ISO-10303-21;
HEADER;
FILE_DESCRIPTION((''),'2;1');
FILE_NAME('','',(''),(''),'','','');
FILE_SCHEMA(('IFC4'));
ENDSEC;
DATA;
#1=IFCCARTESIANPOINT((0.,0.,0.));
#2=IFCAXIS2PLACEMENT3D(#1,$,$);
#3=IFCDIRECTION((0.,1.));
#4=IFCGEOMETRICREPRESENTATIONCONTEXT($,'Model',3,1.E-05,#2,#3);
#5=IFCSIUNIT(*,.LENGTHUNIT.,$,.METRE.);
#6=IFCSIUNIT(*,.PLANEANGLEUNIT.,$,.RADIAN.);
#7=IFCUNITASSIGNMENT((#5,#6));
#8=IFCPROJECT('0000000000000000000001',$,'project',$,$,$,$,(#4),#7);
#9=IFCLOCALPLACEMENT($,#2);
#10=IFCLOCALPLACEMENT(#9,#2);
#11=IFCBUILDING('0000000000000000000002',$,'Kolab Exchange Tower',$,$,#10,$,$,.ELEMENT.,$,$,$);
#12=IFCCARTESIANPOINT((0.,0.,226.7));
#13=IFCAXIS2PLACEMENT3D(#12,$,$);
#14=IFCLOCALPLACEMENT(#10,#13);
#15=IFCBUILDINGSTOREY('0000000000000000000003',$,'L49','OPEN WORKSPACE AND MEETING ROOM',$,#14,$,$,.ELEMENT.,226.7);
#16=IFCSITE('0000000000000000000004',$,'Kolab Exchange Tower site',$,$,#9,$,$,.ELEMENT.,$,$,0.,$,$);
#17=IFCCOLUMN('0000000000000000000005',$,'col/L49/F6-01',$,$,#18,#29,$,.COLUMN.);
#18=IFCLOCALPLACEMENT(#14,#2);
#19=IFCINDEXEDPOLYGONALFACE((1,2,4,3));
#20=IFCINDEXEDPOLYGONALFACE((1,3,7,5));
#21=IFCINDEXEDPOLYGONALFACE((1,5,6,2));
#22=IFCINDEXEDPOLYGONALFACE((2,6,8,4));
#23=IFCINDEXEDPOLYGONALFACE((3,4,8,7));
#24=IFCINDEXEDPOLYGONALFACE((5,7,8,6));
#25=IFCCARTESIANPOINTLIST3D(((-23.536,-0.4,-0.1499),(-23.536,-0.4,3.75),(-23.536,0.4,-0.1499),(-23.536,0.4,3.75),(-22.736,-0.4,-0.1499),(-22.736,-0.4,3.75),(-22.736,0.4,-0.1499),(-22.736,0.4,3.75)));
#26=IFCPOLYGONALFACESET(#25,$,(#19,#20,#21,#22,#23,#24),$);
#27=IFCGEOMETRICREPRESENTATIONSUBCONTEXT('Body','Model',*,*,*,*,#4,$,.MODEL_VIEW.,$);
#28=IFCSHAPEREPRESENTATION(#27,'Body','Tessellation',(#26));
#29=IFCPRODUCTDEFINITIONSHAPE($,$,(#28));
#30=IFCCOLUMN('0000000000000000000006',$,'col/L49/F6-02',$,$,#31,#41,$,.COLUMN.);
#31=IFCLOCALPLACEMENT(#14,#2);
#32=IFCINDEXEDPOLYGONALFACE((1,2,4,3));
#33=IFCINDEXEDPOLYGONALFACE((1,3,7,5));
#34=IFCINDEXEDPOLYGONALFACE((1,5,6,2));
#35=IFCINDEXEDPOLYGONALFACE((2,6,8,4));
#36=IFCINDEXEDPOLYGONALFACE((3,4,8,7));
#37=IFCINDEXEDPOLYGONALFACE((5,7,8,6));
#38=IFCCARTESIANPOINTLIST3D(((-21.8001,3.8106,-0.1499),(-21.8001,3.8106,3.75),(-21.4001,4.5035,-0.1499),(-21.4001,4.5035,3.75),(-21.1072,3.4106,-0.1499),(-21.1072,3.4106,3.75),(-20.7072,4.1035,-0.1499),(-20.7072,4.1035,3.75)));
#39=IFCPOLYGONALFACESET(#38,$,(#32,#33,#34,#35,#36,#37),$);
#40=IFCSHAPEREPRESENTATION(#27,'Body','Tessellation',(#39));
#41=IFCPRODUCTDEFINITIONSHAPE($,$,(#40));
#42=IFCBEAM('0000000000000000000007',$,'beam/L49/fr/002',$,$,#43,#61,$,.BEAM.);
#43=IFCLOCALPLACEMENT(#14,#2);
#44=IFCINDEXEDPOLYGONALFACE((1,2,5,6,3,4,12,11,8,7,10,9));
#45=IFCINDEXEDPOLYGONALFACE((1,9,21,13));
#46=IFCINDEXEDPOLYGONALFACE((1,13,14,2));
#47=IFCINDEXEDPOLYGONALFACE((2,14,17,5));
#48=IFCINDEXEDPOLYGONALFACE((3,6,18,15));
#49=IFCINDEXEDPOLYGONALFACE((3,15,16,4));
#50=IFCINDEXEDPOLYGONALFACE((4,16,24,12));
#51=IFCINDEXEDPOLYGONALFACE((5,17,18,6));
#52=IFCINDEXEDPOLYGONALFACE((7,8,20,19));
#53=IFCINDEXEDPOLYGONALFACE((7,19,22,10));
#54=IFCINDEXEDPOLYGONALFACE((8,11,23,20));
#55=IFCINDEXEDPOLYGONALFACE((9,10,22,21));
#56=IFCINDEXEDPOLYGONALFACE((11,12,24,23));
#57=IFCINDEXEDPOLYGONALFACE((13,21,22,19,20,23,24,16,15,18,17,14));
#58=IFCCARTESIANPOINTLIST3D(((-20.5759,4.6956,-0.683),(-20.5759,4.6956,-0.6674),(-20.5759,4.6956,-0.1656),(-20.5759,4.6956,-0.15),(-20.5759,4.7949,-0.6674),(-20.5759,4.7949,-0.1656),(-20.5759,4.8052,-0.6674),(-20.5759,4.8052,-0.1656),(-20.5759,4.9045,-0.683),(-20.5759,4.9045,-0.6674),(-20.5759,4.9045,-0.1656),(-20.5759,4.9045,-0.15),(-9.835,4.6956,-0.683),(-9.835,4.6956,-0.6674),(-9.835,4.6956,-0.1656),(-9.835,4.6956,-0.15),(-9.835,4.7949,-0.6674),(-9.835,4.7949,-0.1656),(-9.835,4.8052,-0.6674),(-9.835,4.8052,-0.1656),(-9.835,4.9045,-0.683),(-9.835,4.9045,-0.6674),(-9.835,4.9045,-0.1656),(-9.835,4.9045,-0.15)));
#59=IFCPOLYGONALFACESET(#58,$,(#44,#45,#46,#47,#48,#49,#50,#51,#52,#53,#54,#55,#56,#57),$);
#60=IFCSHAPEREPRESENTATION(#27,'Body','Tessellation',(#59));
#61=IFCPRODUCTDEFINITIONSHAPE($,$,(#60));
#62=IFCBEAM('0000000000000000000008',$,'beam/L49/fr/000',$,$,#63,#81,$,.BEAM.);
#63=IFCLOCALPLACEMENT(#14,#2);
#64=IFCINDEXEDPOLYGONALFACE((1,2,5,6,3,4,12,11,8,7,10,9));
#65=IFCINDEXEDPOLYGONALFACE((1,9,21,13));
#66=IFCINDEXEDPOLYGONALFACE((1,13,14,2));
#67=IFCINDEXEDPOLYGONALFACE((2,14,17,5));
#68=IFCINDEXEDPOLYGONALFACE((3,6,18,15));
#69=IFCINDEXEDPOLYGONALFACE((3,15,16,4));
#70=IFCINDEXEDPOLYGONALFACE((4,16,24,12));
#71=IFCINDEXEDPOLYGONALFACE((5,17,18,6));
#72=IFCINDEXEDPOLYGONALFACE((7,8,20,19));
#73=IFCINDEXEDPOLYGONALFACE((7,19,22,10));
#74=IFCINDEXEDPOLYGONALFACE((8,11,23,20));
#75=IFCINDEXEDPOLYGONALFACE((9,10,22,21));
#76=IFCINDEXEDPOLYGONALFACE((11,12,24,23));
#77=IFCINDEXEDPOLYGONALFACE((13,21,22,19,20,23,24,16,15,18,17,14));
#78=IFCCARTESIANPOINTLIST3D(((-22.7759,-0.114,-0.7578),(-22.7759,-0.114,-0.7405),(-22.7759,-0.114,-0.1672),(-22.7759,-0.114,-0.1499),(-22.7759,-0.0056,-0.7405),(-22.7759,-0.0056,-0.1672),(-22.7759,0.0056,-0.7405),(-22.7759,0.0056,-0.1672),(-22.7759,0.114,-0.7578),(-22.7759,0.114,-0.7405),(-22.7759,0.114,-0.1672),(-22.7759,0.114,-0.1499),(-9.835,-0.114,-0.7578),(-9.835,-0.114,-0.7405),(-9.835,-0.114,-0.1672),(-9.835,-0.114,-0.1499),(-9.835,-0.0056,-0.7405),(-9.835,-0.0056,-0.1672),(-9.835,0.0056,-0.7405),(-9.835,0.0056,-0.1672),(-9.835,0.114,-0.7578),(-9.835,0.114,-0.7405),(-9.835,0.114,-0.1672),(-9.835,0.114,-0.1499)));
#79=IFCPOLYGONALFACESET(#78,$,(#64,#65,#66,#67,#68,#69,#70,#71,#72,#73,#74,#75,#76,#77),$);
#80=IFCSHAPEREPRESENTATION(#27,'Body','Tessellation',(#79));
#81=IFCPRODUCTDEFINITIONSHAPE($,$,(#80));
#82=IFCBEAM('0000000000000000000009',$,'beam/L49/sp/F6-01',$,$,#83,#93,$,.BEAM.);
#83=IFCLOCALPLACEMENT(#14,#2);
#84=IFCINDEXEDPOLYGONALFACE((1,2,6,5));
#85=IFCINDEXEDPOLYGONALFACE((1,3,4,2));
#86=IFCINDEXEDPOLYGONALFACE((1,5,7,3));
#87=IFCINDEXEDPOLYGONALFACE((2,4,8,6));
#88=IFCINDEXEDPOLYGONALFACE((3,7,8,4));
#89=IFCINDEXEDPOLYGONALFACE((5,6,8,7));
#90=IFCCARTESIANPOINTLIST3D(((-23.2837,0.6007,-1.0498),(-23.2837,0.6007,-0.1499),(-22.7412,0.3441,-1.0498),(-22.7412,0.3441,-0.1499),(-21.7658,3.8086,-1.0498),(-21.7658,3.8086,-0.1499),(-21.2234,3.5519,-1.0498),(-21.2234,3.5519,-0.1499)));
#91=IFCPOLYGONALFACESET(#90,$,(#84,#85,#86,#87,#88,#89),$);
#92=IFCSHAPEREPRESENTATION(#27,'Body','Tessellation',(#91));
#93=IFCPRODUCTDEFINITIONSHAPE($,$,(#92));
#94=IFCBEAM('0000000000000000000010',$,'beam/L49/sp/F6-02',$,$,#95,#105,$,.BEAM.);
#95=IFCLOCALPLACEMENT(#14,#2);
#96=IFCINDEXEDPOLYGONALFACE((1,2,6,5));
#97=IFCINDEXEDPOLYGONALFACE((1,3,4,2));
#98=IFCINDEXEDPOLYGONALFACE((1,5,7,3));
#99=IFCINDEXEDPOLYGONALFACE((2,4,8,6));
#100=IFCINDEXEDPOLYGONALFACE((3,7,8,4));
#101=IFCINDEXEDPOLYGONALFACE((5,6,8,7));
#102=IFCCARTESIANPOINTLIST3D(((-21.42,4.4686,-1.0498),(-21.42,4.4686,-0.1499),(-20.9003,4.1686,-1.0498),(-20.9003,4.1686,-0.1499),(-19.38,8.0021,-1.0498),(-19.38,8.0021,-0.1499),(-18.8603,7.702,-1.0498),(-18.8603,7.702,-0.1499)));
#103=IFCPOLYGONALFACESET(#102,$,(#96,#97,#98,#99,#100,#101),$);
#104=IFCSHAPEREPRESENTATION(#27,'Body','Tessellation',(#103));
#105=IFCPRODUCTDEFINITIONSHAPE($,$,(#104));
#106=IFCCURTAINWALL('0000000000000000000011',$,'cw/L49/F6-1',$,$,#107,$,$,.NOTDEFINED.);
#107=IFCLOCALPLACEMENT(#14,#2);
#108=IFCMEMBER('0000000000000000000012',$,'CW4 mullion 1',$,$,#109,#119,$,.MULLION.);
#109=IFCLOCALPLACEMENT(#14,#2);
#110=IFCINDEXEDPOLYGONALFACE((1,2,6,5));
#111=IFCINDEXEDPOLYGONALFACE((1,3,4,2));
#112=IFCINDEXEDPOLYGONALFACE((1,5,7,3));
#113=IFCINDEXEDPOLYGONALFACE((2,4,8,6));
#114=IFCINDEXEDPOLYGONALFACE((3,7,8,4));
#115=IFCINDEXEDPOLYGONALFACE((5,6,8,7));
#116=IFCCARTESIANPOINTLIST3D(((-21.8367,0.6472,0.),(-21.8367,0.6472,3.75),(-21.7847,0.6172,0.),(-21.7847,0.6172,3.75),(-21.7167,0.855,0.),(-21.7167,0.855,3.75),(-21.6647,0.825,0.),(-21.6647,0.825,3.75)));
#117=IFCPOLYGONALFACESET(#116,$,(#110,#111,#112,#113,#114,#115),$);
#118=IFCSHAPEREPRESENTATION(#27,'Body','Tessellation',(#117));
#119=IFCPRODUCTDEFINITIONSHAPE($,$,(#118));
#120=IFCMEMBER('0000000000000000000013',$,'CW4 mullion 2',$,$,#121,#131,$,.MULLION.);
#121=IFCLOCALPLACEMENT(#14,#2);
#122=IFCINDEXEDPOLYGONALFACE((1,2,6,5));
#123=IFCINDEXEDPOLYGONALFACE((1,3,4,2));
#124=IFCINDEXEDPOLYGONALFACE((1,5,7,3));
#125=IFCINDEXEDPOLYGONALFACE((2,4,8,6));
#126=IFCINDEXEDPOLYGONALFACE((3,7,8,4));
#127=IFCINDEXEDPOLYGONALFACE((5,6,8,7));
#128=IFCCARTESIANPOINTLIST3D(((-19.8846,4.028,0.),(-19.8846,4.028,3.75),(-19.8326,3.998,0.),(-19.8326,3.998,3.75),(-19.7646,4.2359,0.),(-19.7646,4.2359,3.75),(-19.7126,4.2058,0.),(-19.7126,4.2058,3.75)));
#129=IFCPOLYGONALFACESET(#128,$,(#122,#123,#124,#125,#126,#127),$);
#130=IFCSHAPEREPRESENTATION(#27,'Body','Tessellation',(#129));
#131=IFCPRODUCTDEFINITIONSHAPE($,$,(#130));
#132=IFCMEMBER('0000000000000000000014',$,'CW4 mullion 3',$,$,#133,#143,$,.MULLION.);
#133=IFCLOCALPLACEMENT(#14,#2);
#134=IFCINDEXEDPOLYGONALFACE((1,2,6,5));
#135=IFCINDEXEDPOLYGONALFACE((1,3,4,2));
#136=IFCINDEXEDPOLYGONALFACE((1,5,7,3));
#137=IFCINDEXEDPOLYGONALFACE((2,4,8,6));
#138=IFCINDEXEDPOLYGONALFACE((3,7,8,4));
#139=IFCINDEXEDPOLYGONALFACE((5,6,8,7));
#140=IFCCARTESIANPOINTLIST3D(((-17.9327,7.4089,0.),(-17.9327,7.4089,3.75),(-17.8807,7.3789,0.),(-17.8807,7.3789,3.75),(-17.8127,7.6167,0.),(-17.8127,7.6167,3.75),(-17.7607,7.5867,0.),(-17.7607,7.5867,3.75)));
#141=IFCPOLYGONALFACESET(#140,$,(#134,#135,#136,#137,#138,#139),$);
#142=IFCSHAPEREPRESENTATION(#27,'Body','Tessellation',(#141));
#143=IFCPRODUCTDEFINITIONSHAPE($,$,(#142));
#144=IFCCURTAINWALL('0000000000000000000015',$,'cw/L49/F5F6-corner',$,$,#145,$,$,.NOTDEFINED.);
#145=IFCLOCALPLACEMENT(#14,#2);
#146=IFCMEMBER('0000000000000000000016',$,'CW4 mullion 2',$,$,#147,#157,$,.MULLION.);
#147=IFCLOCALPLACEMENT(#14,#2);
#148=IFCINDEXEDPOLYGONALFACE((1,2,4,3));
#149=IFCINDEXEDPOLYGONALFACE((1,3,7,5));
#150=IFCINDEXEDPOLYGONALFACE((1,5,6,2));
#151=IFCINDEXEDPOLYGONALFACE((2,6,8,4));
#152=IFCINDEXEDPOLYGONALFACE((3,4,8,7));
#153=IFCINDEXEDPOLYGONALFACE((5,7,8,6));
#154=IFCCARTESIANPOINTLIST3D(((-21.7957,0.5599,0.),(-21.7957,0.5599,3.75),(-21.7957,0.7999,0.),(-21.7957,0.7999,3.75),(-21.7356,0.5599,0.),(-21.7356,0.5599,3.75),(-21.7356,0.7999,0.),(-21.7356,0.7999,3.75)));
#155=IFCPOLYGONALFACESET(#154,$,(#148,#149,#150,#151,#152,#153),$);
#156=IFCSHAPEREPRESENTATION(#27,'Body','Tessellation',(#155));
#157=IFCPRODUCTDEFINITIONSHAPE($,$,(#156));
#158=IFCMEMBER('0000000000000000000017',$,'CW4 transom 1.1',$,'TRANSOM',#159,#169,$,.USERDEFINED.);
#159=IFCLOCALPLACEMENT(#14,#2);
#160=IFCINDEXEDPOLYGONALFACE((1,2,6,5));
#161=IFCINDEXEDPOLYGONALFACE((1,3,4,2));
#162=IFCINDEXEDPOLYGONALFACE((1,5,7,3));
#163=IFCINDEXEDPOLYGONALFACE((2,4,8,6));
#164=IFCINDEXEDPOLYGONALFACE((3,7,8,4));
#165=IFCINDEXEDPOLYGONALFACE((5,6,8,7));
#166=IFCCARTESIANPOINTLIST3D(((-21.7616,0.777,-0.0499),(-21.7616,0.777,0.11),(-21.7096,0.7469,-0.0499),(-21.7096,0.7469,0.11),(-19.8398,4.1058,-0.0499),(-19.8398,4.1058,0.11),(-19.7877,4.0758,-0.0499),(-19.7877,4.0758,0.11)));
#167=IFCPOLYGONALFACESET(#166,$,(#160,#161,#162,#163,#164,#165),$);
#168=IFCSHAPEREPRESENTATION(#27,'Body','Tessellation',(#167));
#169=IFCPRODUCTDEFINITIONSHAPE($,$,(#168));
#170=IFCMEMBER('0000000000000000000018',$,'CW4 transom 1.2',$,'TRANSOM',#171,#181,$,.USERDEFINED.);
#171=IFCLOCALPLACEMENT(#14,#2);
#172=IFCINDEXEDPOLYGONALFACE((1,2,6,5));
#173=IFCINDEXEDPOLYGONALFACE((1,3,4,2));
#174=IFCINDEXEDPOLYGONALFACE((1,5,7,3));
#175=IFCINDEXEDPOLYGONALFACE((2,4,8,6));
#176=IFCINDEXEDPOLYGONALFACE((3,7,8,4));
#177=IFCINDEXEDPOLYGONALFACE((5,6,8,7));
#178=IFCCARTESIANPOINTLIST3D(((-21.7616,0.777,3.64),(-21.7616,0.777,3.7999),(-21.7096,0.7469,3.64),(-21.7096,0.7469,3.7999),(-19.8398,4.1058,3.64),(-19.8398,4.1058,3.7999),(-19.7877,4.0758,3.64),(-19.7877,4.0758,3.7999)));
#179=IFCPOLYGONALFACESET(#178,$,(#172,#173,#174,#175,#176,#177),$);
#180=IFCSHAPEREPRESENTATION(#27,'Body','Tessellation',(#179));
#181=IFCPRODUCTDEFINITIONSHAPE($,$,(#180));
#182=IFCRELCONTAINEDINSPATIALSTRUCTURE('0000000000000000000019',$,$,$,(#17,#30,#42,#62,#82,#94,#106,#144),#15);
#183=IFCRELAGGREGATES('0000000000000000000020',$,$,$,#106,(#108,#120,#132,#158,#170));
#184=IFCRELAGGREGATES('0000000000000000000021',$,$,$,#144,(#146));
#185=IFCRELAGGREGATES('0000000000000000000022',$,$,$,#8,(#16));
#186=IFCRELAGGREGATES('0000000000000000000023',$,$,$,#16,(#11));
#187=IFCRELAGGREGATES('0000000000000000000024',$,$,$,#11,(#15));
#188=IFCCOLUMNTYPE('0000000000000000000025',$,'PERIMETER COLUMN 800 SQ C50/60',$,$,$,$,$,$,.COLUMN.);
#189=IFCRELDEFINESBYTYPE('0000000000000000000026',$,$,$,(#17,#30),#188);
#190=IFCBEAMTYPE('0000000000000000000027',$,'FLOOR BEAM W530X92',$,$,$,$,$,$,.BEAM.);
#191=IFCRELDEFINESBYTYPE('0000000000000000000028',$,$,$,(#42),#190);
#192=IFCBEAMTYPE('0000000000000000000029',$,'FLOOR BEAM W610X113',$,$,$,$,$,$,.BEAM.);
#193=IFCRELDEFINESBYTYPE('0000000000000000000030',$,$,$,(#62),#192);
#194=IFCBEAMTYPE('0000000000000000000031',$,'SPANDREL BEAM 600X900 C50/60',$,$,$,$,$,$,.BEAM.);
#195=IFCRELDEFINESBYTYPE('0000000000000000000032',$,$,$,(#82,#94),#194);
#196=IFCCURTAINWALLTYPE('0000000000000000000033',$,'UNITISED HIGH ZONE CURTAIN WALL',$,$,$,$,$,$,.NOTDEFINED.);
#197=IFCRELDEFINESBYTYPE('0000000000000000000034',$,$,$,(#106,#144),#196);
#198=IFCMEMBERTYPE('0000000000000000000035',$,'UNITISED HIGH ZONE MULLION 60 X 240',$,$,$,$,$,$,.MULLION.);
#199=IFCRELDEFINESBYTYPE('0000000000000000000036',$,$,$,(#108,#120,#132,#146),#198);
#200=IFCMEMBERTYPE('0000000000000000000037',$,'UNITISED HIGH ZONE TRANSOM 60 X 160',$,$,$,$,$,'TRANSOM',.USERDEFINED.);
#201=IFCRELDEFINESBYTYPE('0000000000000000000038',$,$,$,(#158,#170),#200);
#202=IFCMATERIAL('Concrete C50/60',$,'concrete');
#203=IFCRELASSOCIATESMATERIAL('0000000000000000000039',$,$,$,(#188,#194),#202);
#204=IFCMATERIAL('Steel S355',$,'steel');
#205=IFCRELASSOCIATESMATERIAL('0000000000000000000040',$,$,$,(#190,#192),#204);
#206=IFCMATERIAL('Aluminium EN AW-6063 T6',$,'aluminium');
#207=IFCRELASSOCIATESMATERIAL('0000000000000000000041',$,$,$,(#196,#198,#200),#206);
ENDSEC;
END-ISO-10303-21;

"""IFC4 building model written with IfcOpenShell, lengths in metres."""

from ifc_helpers import new_model, si_unit, direction, frame, origin, origin_2d, place, context, subcontext, project, spatial, rectangle, i_section, extrude, material, material_profile, profile_set, type_object, element, aggregate, save


model = new_model("IFC4")

# Units and contexts
model_context = context("Model", 3, precision=1e-05, world=origin(), true_north=direction((0.0, 1.0)))
body_context = subcontext(model_context, "Body", "Model", "MODEL_VIEW")
ifc_project = project(units=[si_unit("LENGTHUNIT", "METRE"), si_unit("PLANEANGLEUNIT", "RADIAN")], contexts=[model_context])

# Site, building, storey
site_placement = place(None, origin())
site = spatial("IfcSite", under=ifc_project, at=site_placement, Name="Kolab Exchange Tower site", CompositionType="ELEMENT", RefElevation=0.0)
building_placement = place(site_placement, origin())
building = spatial("IfcBuilding", under=site, at=building_placement, Name="Kolab Exchange Tower", CompositionType="ELEMENT")
storey_placement = place(building_placement, frame((0.0, 0.0, 226.7)))
storey = spatial("IfcBuildingStorey", under=building, at=storey_placement, Name="L49", Description="OPEN WORKSPACE AND MEETING ROOM", CompositionType="ELEMENT", Elevation=226.7)

# Columns
ifc_material_1 = material(Name="Concrete C50/60", Category="concrete")
ifc_material_profile_1 = material_profile(ifc_material_1, rectangle(XDim=0.8, YDim=0.8, at=origin_2d()), Name="RC800")
ifc_profile_set_1 = profile_set([ifc_material_profile_1], Name="Concrete C50/60")
column_type = type_object("IfcColumnType", Name="PERIMETER COLUMN 800 SQ C50/60", PredefinedType="COLUMN", material=ifc_profile_set_1)
for number, where, z_axis, x_axis, name in (
    (1, (-23.136, 0.0, -0.1499), (0.0, 0.0, 1.0), (1.0, 0.0, 0.0), "col/L49/F6-01"),
    (2, (-21.2537, 3.957, -0.1499), (0.0, 0.0, 1.0), (0.5, 0.866025, 0.0), "col/L49/F6-02"),
):
    element("IfcColumn", number, at=place(storey_placement, frame(where, z_axis=z_axis, x_axis=x_axis)), inside=storey, type_object=column_type, Name=name, PredefinedType="COLUMN", context=body_context, shape_type="SweptSolid", body=[
        extrude(rectangle(XDim=0.8, YDim=0.8, at=origin_2d()), origin(), (0.0, 0.0, 1.0), 3.8999),
    ])

# Beams
ifc_material_2 = material(Name="Steel S355", Category="steel")
ifc_material_profile_2 = material_profile(ifc_material_2, i_section(OverallWidth=0.209, OverallDepth=0.533, WebThickness=0.0103, FlangeThickness=0.0156, at=origin_2d()), Name="W530X92")
ifc_profile_set_2 = profile_set([ifc_material_profile_2], Name="Steel S355")
beam_type_1 = type_object("IfcBeamType", Name="FLOOR BEAM W530X92", PredefinedType="BEAM", material=ifc_profile_set_2)
beam_1_placement = place(storey_placement, frame((-20.5759, 4.8, -0.4165), z_axis=(1.0, 0.0, 0.0), x_axis=(0.0, 1.0, 0.0)))
element("IfcBeam", 3, at=beam_1_placement, inside=storey, type_object=beam_type_1, Name="beam/L49/fr/002", PredefinedType="BEAM", context=body_context, shape_type="SweptSolid", body=[
    extrude(i_section(OverallWidth=0.209, OverallDepth=0.533, WebThickness=0.0103, FlangeThickness=0.0156, at=origin_2d()), origin(), (0.0, 0.0, 1.0), 10.741),
])
ifc_material_profile_3 = material_profile(ifc_material_2, i_section(OverallWidth=0.228, OverallDepth=0.6079, WebThickness=0.0112, FlangeThickness=0.0173, at=origin_2d()), Name="W610X113")
ifc_profile_set_3 = profile_set([ifc_material_profile_3], Name="Steel S355")
beam_type_2 = type_object("IfcBeamType", Name="FLOOR BEAM W610X113", PredefinedType="BEAM", material=ifc_profile_set_3)
beam_2_placement = place(storey_placement, frame((-22.7759, 0.0, -0.4539), z_axis=(1.0, 0.0, 0.0), x_axis=(0.0, 1.0, 0.0)))
element("IfcBeam", 4, at=beam_2_placement, inside=storey, type_object=beam_type_2, Name="beam/L49/fr/000", PredefinedType="BEAM", context=body_context, shape_type="SweptSolid", body=[
    extrude(i_section(OverallWidth=0.228, OverallDepth=0.6079, WebThickness=0.0112, FlangeThickness=0.0173, at=origin_2d()), origin(), (0.0, 0.0, 1.0), 12.9409),
])
ifc_material_profile_4 = material_profile(ifc_material_1, rectangle(XDim=0.6001, YDim=0.8999, at=origin_2d()), Name="RC600X900")
ifc_profile_set_4 = profile_set([ifc_material_profile_4], Name="Concrete C50/60")
beam_type_3 = type_object("IfcBeamType", Name="SPANDREL BEAM 600X900 C50/60", PredefinedType="BEAM", material=ifc_profile_set_4)
beam_3_placement = place(storey_placement, frame((-23.0125, 0.4724, -0.5999), z_axis=(0.427708, 0.903917, 0.0), x_axis=(-0.903917, 0.427708, 0.0)))
element("IfcBeam", 5, at=beam_3_placement, inside=storey, type_object=beam_type_3, Name="beam/L49/sp/F6-01", PredefinedType="BEAM", context=body_context, shape_type="SweptSolid", body=[
    extrude(rectangle(XDim=0.6001, YDim=0.8999, at=origin_2d()), origin(), (0.0, 0.0, 1.0), 3.5488),
])
beam_4_placement = place(storey_placement, frame((-21.1602, 4.3186, -0.5999), z_axis=(0.5, 0.866025, 0.0), x_axis=(-0.866025, 0.5, 0.0)))
element("IfcBeam", 6, at=beam_4_placement, inside=storey, type_object=beam_type_3, Name="beam/L49/sp/F6-02", PredefinedType="BEAM", context=body_context, shape_type="SweptSolid", body=[
    extrude(rectangle(XDim=0.6001, YDim=0.8999, at=origin_2d()), origin(), (0.0, 0.0, 1.0), 4.0801),
])

# Curtain wall, members
ifc_material_3 = material(Name="Aluminium EN AW-6063 T6", Category="aluminium")
curtain_wall_type = type_object("IfcCurtainWallType", Name="UNITISED HIGH ZONE CURTAIN WALL", PredefinedType="NOTDEFINED", material=ifc_material_3)
curtain_wall_1_placement = place(storey_placement, origin())
curtain_wall_1 = element("IfcCurtainWall", 7, at=curtain_wall_1_placement, inside=storey, type_object=curtain_wall_type, Name="cw/L49/F6-1", PredefinedType="NOTDEFINED")
ifc_material_profile_5 = material_profile(ifc_material_3, rectangle(XDim=0.0601, YDim=0.24, at=origin_2d()), Name="RECT 60X240")
ifc_profile_set_5 = profile_set([ifc_material_profile_5], Name="Aluminium EN AW-6063 T6")
member_type_1 = type_object("IfcMemberType", Name="UNITISED HIGH ZONE MULLION 60 X 240", PredefinedType="MULLION", material=ifc_profile_set_5)
member_1_placement = place(storey_placement, frame((-21.7507, 0.7361, 0.0), z_axis=(0.0, 0.0, 1.0), x_axis=(-0.866025, 0.5, 0.0)))
member_1 = element("IfcMember", 8, at=member_1_placement, type_object=member_type_1, Name="CW4 mullion 1", PredefinedType="MULLION", context=body_context, shape_type="SweptSolid", body=[
    extrude(rectangle(XDim=0.0601, YDim=0.24, at=origin_2d()), origin(), (0.0, 0.0, 1.0), 3.75),
])
member_2_placement = place(storey_placement, frame((-19.7986, 4.1169, 0.0), z_axis=(0.0, 0.0, 1.0), x_axis=(-0.866025, 0.5, 0.0)))
member_2 = element("IfcMember", 9, at=member_2_placement, type_object=member_type_1, Name="CW4 mullion 2", PredefinedType="MULLION", context=body_context, shape_type="SweptSolid", body=[
    extrude(rectangle(XDim=0.0601, YDim=0.24, at=origin_2d()), origin(), (0.0, 0.0, 1.0), 3.75),
])
member_3_placement = place(storey_placement, frame((-17.8467, 7.4978, 0.0), z_axis=(0.0, 0.0, 1.0), x_axis=(-0.866025, 0.5, 0.0)))
member_3 = element("IfcMember", 10, at=member_3_placement, type_object=member_type_1, Name="CW4 mullion 3", PredefinedType="MULLION", context=body_context, shape_type="SweptSolid", body=[
    extrude(rectangle(XDim=0.0601, YDim=0.24, at=origin_2d()), origin(), (0.0, 0.0, 1.0), 3.75),
])

# Curtain wall, member
curtain_wall_2_placement = place(storey_placement, origin())
curtain_wall_2 = element("IfcCurtainWall", 11, at=curtain_wall_2_placement, inside=storey, type_object=curtain_wall_type, Name="cw/L49/F5F6-corner", PredefinedType="NOTDEFINED")
member_4_placement = place(storey_placement, frame((-21.7656, 0.6799, 0.0), z_axis=(0.0, 0.0, 1.0), x_axis=(-1.0, 0.0, 0.0)))
member_4 = element("IfcMember", 12, at=member_4_placement, type_object=member_type_1, Name="CW4 mullion 2", PredefinedType="MULLION", context=body_context, shape_type="SweptSolid", body=[
    extrude(rectangle(XDim=0.0601, YDim=0.24, at=origin_2d()), origin(), (0.0, 0.0, 1.0), 3.75),
])

# Members
ifc_material_profile_6 = material_profile(ifc_material_3, rectangle(XDim=0.0601, YDim=0.1599, at=origin_2d()), Name="RECT 60X160")
ifc_profile_set_6 = profile_set([ifc_material_profile_6], Name="Aluminium EN AW-6063 T6")
member_type_2 = type_object("IfcMemberType", Name="UNITISED HIGH ZONE TRANSOM 60 X 160", ElementType="TRANSOM", PredefinedType="USERDEFINED", material=ifc_profile_set_6)
member_5_placement = place(storey_placement, frame((-21.7356, 0.762, 0.03), z_axis=(0.499992, 0.86603, 0.0), x_axis=(-0.86603, 0.499992, 0.0)))
member_5 = element("IfcMember", 13, at=member_5_placement, type_object=member_type_2, Name="CW4 transom 1.1", ObjectType="TRANSOM", PredefinedType="USERDEFINED", context=body_context, shape_type="SweptSolid", body=[
    extrude(rectangle(XDim=0.0601, YDim=0.1599, at=origin_2d()), origin(), (0.0, 0.0, 1.0), 3.8438),
])
member_6_placement = place(storey_placement, frame((-21.7356, 0.762, 3.72), z_axis=(0.499992, 0.86603, 0.0), x_axis=(-0.86603, 0.499992, 0.0)))
member_6 = element("IfcMember", 14, at=member_6_placement, type_object=member_type_2, Name="CW4 transom 1.2", ObjectType="TRANSOM", PredefinedType="USERDEFINED", context=body_context, shape_type="SweptSolid", body=[
    extrude(rectangle(XDim=0.0601, YDim=0.1599, at=origin_2d()), origin(), (0.0, 0.0, 1.0), 3.8438),
])

aggregate(curtain_wall_1, [member_1, member_2, member_3, member_5, member_6])
aggregate(curtain_wall_2, [member_4])

save(model, "model.ifc")
